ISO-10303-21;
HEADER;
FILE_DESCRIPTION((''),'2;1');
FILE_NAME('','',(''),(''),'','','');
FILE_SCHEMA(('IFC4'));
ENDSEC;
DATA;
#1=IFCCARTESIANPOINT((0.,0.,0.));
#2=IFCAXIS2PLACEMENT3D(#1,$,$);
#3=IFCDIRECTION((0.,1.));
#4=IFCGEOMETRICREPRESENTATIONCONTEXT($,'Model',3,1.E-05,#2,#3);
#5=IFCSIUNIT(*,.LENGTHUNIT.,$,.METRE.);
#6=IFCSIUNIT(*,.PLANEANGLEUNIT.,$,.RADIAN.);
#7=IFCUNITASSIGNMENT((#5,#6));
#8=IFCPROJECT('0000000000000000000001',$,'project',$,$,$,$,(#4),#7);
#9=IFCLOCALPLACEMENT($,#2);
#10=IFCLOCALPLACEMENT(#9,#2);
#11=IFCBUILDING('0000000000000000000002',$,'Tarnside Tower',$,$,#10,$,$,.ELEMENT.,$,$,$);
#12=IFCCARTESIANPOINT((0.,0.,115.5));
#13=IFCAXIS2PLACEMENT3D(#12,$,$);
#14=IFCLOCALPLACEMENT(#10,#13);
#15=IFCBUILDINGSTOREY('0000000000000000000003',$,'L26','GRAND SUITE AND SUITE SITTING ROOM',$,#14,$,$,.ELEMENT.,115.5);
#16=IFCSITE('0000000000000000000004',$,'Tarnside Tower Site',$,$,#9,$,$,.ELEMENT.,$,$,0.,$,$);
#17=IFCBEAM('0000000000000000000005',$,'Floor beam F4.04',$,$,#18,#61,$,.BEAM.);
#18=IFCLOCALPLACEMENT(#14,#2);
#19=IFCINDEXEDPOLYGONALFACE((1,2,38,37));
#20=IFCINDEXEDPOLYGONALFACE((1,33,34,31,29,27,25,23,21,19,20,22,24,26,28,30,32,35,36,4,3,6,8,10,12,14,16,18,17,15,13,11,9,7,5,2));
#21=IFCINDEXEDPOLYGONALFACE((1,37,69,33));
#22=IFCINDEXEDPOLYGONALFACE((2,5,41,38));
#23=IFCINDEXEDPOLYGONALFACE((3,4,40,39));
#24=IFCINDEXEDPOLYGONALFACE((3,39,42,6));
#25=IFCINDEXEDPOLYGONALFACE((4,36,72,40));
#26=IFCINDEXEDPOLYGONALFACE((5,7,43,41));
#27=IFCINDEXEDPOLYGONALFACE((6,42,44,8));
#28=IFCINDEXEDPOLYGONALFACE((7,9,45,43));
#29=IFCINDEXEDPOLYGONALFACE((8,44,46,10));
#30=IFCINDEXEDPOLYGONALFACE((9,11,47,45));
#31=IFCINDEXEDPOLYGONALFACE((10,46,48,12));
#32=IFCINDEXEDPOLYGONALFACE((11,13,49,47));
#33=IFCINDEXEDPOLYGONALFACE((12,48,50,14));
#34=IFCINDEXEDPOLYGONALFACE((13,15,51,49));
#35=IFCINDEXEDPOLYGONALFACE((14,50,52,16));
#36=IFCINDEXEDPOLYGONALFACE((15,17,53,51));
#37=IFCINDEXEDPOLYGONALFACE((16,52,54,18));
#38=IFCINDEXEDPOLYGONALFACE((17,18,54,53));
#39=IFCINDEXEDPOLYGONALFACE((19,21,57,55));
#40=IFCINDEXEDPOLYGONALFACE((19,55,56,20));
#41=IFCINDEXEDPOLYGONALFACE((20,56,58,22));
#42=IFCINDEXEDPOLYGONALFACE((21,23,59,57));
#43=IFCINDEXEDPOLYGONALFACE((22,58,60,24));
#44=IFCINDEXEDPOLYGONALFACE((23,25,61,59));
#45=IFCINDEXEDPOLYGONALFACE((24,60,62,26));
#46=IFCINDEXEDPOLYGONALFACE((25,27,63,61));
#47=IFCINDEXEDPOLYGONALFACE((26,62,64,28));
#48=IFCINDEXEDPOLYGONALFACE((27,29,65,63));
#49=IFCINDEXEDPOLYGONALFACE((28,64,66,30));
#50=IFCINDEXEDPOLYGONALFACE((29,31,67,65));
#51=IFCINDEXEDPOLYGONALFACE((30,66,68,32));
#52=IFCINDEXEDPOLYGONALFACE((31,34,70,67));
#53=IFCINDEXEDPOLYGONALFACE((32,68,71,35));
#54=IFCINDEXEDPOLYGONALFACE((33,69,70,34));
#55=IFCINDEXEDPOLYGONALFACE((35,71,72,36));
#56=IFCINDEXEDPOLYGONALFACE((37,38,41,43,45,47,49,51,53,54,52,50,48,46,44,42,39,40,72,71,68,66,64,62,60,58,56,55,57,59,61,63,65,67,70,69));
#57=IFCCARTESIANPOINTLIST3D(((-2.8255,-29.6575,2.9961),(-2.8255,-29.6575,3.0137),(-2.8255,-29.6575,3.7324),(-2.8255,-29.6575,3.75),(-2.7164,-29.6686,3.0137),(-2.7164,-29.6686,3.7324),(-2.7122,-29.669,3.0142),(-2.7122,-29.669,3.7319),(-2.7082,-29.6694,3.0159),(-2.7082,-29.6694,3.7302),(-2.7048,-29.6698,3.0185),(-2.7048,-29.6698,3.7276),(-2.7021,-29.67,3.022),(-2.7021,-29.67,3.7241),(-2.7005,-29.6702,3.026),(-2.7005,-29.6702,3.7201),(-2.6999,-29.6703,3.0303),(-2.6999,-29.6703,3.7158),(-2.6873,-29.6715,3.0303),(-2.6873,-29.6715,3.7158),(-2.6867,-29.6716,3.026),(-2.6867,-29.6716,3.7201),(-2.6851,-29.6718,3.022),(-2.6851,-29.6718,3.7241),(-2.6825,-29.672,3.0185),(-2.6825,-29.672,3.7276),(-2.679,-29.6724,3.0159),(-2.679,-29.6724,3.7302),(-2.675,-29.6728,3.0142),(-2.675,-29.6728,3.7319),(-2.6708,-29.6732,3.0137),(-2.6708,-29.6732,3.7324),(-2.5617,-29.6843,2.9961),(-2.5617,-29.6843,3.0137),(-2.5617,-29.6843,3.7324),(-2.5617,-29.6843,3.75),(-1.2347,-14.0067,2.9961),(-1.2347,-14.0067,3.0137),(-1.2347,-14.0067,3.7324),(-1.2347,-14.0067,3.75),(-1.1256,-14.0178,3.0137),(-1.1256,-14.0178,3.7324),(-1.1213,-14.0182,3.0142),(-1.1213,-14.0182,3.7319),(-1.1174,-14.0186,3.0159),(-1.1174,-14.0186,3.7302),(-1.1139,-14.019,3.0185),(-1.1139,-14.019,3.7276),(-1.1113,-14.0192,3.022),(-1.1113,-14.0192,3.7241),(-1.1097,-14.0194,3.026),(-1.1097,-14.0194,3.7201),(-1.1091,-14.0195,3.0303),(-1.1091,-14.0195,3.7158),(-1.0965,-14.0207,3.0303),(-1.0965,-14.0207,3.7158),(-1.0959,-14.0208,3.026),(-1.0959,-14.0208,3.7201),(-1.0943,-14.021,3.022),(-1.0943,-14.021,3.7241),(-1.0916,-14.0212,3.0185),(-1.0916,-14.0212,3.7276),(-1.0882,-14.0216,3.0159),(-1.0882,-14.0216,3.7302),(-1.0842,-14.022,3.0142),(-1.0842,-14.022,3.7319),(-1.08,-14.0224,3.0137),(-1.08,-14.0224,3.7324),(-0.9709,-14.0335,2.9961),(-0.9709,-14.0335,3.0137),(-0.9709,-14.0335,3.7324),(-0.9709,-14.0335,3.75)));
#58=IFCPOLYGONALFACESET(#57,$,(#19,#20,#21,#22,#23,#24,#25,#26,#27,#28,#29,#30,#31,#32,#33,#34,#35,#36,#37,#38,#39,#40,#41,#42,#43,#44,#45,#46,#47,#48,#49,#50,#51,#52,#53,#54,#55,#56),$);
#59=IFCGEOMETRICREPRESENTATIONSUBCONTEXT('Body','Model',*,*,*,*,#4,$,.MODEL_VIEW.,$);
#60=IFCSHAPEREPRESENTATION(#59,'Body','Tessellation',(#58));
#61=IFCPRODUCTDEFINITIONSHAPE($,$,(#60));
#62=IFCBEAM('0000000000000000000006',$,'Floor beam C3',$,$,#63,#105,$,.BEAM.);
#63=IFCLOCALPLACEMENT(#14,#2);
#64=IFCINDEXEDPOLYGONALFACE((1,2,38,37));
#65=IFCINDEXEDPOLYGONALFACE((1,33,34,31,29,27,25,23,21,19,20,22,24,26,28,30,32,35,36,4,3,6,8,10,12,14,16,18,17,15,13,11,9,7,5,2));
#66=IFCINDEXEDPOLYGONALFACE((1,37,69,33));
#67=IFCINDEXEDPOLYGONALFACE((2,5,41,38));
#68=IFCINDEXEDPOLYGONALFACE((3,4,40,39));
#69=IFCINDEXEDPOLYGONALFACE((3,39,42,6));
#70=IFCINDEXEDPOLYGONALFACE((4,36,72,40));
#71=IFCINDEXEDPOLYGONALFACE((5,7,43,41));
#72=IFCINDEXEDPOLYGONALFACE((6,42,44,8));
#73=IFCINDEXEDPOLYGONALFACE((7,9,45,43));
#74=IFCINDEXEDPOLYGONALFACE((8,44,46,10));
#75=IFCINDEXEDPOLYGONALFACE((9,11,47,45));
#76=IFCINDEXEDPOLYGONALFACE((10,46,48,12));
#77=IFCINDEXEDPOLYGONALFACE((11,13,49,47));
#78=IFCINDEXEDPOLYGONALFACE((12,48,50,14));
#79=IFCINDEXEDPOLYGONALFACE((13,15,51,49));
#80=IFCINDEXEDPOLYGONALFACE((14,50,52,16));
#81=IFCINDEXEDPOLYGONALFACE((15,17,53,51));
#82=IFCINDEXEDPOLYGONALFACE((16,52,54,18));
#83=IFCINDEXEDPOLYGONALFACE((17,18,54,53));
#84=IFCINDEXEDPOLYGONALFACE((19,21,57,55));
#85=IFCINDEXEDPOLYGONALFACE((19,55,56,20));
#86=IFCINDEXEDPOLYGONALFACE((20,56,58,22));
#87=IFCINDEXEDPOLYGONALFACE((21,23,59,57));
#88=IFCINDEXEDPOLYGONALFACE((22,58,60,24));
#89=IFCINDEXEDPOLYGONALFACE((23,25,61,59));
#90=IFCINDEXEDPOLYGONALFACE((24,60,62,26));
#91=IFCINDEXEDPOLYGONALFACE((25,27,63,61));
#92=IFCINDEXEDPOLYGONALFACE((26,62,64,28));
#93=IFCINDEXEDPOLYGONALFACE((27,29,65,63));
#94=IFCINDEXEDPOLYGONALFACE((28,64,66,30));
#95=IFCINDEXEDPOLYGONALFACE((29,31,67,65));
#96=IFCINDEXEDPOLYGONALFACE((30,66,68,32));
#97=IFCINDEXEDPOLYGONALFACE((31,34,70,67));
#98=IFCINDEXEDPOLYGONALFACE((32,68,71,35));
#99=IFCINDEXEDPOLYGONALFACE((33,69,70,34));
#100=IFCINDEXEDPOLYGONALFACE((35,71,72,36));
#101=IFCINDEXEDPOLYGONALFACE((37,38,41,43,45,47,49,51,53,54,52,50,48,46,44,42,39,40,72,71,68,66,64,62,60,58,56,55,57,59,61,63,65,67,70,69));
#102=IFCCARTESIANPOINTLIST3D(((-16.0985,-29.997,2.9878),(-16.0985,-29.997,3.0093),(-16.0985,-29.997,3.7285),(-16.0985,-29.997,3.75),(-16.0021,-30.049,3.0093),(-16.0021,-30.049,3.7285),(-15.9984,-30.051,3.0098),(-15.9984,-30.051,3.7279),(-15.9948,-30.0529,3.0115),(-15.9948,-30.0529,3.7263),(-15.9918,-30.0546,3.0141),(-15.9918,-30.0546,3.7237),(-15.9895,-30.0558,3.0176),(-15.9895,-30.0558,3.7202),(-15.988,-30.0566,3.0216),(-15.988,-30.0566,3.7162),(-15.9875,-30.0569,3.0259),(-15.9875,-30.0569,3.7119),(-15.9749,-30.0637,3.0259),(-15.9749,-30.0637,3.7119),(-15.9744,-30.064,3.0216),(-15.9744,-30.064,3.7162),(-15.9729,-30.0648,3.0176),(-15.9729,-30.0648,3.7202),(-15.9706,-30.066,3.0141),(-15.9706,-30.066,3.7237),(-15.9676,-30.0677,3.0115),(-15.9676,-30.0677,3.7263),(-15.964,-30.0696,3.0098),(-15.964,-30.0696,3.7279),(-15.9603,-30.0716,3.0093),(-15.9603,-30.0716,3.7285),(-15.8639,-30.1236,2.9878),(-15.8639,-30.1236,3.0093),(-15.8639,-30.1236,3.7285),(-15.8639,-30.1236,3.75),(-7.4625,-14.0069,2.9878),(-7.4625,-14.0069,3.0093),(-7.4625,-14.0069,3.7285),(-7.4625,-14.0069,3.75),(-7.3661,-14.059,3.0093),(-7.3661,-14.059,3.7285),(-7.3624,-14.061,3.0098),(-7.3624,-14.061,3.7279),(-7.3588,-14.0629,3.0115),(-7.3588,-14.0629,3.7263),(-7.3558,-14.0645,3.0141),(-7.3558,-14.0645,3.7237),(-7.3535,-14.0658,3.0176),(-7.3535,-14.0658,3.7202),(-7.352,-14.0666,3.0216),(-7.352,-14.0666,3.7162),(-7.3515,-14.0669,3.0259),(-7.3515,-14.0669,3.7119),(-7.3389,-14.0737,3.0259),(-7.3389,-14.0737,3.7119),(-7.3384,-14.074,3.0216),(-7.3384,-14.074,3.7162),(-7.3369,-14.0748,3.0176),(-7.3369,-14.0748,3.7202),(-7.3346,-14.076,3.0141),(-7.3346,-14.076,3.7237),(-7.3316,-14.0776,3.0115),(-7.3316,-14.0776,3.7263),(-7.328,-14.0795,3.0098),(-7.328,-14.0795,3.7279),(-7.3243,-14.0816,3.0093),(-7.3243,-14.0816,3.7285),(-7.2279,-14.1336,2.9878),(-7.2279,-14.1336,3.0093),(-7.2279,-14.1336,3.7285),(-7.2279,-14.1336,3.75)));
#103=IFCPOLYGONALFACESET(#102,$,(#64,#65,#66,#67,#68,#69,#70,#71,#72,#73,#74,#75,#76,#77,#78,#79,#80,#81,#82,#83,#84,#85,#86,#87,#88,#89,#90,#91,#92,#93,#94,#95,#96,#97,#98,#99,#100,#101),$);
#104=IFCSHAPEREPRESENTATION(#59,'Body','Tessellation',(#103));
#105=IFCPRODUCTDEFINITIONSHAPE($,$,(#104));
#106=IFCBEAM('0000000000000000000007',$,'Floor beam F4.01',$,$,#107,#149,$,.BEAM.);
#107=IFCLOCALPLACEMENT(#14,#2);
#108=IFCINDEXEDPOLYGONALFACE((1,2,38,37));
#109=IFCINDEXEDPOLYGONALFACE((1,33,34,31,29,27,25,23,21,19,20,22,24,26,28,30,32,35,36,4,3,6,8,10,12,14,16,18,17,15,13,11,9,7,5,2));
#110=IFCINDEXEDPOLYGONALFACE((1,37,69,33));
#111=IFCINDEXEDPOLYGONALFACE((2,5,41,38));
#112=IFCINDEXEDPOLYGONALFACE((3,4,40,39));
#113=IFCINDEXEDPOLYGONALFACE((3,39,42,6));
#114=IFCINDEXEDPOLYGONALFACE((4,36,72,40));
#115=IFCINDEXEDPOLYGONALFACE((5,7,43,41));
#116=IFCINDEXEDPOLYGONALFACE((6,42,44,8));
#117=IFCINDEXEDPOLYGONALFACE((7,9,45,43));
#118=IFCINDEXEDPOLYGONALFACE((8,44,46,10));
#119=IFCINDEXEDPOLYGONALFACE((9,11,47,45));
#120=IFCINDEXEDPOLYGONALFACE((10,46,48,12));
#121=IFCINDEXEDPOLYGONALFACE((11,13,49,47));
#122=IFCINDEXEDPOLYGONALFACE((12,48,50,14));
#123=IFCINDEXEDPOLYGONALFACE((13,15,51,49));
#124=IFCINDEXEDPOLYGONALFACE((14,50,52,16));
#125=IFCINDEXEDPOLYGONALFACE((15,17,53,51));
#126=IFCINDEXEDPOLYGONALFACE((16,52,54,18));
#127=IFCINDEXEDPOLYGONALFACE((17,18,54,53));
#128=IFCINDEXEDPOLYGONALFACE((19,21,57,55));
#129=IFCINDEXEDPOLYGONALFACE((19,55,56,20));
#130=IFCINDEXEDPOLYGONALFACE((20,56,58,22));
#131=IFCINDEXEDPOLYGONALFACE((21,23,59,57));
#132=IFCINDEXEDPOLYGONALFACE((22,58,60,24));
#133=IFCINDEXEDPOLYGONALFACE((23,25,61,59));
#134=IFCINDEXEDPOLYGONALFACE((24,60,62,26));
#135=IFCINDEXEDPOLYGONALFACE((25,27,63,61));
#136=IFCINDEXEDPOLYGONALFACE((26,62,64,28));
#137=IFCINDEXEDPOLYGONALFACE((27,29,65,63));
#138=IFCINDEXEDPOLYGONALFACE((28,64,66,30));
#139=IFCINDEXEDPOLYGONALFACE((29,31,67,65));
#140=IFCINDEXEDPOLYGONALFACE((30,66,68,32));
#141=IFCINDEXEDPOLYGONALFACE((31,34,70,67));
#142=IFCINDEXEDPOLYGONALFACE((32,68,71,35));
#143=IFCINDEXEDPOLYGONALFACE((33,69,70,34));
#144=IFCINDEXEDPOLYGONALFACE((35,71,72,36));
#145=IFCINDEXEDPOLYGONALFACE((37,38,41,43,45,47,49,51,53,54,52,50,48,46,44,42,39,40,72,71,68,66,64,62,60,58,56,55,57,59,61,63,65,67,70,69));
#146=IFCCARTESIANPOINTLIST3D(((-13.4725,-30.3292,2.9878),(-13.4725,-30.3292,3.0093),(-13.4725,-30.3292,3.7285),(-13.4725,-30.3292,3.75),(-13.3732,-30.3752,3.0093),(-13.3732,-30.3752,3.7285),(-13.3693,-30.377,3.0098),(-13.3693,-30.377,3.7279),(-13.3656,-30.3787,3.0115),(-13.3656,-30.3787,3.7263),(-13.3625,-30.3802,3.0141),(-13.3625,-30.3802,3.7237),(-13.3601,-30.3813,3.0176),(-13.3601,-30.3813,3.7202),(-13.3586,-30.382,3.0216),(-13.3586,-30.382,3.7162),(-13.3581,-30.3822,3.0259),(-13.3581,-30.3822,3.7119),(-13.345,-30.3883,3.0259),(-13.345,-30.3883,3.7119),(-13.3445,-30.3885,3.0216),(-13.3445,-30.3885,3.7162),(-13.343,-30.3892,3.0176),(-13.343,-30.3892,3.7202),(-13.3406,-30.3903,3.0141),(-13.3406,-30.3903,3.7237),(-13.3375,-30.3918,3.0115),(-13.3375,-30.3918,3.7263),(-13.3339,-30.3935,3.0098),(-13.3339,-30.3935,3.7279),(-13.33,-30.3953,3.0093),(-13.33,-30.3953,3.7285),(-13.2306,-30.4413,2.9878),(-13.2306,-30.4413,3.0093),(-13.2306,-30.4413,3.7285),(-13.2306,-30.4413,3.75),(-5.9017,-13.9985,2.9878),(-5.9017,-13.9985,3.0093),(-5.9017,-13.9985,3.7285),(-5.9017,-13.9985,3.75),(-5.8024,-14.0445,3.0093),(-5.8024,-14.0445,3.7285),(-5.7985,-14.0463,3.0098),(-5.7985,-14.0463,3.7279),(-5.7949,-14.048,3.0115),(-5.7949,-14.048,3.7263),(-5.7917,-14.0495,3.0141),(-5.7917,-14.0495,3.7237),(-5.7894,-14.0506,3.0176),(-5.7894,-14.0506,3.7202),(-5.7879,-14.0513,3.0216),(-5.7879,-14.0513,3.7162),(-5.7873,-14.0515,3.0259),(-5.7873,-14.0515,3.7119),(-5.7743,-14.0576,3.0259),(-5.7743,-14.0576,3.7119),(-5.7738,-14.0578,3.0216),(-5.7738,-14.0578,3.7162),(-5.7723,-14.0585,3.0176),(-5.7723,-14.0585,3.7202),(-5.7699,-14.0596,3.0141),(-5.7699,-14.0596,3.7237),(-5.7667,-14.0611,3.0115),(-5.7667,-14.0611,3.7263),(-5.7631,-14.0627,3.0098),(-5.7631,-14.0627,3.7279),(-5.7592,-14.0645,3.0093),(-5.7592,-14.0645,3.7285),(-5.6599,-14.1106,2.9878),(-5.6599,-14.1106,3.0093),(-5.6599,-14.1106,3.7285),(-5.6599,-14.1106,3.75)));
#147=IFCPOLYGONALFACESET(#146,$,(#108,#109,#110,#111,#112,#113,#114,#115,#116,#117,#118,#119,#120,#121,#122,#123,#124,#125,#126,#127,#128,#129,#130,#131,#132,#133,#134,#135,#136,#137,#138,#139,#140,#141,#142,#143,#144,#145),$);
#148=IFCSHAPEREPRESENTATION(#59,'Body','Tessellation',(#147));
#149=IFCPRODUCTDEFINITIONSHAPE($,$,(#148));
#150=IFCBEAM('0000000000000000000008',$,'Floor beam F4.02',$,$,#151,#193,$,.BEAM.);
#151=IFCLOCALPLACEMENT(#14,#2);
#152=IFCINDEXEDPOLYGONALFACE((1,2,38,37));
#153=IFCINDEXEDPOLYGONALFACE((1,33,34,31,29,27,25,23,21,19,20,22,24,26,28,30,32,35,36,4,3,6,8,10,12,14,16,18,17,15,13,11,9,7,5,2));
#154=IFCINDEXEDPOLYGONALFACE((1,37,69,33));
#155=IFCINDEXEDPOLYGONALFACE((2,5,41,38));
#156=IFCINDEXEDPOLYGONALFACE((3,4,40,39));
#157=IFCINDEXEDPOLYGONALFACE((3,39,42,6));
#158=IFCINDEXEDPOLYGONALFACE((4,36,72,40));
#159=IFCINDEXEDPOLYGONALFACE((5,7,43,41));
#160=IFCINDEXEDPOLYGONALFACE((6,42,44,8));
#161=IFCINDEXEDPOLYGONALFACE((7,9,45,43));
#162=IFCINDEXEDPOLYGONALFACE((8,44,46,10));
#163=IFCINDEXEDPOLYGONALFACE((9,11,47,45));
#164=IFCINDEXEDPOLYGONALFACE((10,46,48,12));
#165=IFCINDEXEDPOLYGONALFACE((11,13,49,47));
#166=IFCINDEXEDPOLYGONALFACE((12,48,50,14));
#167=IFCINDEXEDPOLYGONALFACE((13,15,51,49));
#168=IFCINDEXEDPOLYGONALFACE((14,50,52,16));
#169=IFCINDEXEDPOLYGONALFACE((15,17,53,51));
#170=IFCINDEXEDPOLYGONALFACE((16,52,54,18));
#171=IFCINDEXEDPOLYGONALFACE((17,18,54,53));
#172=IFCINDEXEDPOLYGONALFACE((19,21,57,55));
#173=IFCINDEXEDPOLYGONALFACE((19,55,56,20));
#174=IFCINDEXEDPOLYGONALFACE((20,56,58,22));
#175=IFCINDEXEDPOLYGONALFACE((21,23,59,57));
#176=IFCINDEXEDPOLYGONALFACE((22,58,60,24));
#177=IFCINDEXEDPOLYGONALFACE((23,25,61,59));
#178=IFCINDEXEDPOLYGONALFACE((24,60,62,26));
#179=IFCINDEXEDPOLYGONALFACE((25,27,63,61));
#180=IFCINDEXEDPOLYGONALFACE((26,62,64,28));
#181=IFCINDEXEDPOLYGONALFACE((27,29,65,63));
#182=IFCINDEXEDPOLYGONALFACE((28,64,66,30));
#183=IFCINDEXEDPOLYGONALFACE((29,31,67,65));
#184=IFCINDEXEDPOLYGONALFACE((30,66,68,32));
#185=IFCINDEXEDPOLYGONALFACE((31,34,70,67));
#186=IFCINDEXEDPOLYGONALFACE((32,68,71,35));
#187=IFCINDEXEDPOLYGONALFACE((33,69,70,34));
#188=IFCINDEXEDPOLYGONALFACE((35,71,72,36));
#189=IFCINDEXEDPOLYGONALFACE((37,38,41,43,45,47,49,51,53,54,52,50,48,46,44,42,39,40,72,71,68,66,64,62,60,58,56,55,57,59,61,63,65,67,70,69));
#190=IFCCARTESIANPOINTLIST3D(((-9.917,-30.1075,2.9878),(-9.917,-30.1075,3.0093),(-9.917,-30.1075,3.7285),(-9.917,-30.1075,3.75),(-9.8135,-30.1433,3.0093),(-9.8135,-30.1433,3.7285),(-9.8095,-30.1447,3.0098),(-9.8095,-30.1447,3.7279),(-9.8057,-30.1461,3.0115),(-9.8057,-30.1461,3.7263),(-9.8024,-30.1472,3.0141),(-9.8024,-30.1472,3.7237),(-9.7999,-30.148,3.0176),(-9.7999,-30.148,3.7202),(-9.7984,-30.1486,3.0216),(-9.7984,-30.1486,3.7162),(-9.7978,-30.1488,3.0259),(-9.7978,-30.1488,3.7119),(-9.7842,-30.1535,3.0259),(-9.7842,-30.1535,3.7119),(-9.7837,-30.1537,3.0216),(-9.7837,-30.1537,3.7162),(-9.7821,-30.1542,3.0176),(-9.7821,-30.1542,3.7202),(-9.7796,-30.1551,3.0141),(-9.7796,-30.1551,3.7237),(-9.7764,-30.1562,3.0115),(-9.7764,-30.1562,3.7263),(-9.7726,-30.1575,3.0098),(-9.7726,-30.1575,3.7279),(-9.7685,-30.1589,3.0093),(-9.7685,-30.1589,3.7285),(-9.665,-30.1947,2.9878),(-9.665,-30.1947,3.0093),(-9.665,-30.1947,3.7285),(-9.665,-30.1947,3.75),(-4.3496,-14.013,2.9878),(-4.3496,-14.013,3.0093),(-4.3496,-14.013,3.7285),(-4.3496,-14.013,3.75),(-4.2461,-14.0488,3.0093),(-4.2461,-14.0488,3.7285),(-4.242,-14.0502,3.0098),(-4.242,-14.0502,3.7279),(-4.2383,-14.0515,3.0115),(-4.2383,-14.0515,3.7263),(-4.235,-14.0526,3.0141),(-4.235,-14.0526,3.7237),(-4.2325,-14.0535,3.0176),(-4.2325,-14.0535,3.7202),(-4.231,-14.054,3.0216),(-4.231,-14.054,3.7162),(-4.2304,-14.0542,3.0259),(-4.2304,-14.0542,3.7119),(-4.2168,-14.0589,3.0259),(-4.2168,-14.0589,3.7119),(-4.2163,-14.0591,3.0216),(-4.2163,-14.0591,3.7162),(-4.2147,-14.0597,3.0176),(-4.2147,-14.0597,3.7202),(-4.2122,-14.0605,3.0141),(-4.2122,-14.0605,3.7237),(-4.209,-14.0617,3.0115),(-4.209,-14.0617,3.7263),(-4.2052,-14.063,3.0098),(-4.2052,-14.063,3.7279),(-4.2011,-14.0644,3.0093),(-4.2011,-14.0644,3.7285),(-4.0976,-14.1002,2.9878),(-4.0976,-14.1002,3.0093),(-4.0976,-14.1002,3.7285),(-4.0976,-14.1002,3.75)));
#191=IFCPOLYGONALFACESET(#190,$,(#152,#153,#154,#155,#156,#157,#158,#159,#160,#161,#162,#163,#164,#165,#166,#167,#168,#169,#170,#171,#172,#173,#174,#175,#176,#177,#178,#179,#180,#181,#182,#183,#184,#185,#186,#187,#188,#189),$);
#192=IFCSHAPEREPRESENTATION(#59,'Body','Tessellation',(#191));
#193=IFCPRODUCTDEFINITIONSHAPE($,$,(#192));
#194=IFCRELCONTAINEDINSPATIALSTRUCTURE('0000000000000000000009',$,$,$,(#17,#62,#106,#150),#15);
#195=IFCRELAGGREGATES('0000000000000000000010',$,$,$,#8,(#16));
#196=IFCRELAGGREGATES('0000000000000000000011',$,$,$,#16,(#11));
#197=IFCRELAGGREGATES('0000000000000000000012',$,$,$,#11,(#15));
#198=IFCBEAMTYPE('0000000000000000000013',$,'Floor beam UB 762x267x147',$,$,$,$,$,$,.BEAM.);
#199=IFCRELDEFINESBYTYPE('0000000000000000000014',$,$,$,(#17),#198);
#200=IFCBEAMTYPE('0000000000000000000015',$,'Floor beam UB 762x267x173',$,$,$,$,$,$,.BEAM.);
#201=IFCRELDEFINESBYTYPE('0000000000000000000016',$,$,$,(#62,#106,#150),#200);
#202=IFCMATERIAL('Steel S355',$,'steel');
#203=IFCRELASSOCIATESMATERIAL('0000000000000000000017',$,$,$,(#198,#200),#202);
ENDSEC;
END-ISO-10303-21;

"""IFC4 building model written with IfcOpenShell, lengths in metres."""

from ifc_helpers import new_model, si_unit, direction, frame, origin, origin_2d, place, context, subcontext, project, spatial, i_section, extrude, material, material_profile, profile_set, type_object, element, save


model = new_model("IFC4")

# Units and contexts
model_context = context("Model", 3, precision=1e-05, world=origin(), true_north=direction((0.0, 1.0)))
body_context = subcontext(model_context, "Body", "Model", "MODEL_VIEW")
ifc_project = project(units=[si_unit("LENGTHUNIT", "METRE"), si_unit("PLANEANGLEUNIT", "RADIAN")], contexts=[model_context])

# Site, building, storey
site_placement = place(None, origin())
site = spatial("IfcSite", under=ifc_project, at=site_placement, Name="Tarnside Tower Site", CompositionType="ELEMENT", RefElevation=0.0)
building_placement = place(site_placement, origin())
building = spatial("IfcBuilding", under=site, at=building_placement, Name="Tarnside Tower", CompositionType="ELEMENT")
storey_placement = place(building_placement, frame((0.0, 0.0, 115.5)))
storey = spatial("IfcBuildingStorey", under=building, at=storey_placement, Name="L26", Description="GRAND SUITE AND SUITE SITTING ROOM", CompositionType="ELEMENT", Elevation=115.5)

# Beams
ifc_material_1 = material(Name="Steel S355", Category="steel")
ifc_material_profile_1 = material_profile(ifc_material_1, i_section(OverallWidth=0.2651, OverallDepth=0.7539, WebThickness=0.0127, FlangeThickness=0.0176, FilletRadius=0.0166, at=origin_2d()), Name="UB 762x267x147")
ifc_profile_set_1 = profile_set([ifc_material_profile_1], Name="Steel S355")
beam_type_1 = type_object("IfcBeamType", Name="Floor beam UB 762x267x147", PredefinedType="BEAM", material=ifc_profile_set_1)
beam_1_placement = place(storey_placement, frame((-2.6936, -29.6709, 3.373), z_axis=(0.101123, 0.994874, 0.0), x_axis=(-0.994874, 0.101123, 0.0)))
element("IfcBeam", 1, at=beam_1_placement, inside=storey, type_object=beam_type_1, Name="Floor beam F4.04", PredefinedType="BEAM", context=body_context, shape_type="SweptSolid", body=[
    extrude(i_section(OverallWidth=0.2651, OverallDepth=0.7539, WebThickness=0.0127, FlangeThickness=0.0176, FilletRadius=0.0166, at=origin_2d()), origin(), (0.0, 0.0, 1.0), 15.7314),
])
ifc_material_profile_2 = material_profile(ifc_material_1, i_section(OverallWidth=0.2666, OverallDepth=0.7622, WebThickness=0.0144, FlangeThickness=0.0215, FilletRadius=0.0166, at=origin_2d()), Name="UB 762x267x173")
ifc_profile_set_2 = profile_set([ifc_material_profile_2], Name="Steel S355")
beam_type_2 = type_object("IfcBeamType", Name="Floor beam UB 762x267x173", PredefinedType="BEAM", material=ifc_profile_set_2)
beam_2_placement = place(storey_placement, frame((-15.9812, -30.0603, 3.3689), z_axis=(0.475208, 0.879873, 0.0), x_axis=(-0.879873, 0.475208, 0.0)))
element("IfcBeam", 2, at=beam_2_placement, inside=storey, type_object=beam_type_2, Name="Floor beam C3", PredefinedType="BEAM", context=body_context, shape_type="SweptSolid", body=[
    extrude(i_section(OverallWidth=0.2666, OverallDepth=0.7622, WebThickness=0.0144, FlangeThickness=0.0215, FilletRadius=0.0166, at=origin_2d()), origin(), (0.0, 0.0, 1.0), 18.1731),
])
beam_3_placement = place(storey_placement, frame((-13.3516, -30.3853, 3.3689), z_axis=(0.420592, 0.90725, 0.0), x_axis=(-0.90725, 0.420592, 0.0)))
element("IfcBeam", 3, at=beam_3_placement, inside=storey, type_object=beam_type_2, Name="Floor beam F4.01", PredefinedType="BEAM", context=body_context, shape_type="SweptSolid", body=[
    extrude(i_section(OverallWidth=0.2666, OverallDepth=0.7622, WebThickness=0.0144, FlangeThickness=0.0215, FilletRadius=0.0166, at=origin_2d()), origin(), (0.0, 0.0, 1.0), 18.0002),
])
beam_4_placement = place(storey_placement, frame((-9.791, -30.1511, 3.3689), z_axis=(0.326912, 0.945055, 0.0), x_axis=(-0.945055, 0.326912, 0.0)))
element("IfcBeam", 4, at=beam_4_placement, inside=storey, type_object=beam_type_2, Name="Floor beam F4.02", PredefinedType="BEAM", context=body_context, shape_type="SweptSolid", body=[
    extrude(i_section(OverallWidth=0.2666, OverallDepth=0.7622, WebThickness=0.0144, FlangeThickness=0.0215, FilletRadius=0.0166, at=origin_2d()), origin(), (0.0, 0.0, 1.0), 17.0303),
])

save(model, "model.ifc")
